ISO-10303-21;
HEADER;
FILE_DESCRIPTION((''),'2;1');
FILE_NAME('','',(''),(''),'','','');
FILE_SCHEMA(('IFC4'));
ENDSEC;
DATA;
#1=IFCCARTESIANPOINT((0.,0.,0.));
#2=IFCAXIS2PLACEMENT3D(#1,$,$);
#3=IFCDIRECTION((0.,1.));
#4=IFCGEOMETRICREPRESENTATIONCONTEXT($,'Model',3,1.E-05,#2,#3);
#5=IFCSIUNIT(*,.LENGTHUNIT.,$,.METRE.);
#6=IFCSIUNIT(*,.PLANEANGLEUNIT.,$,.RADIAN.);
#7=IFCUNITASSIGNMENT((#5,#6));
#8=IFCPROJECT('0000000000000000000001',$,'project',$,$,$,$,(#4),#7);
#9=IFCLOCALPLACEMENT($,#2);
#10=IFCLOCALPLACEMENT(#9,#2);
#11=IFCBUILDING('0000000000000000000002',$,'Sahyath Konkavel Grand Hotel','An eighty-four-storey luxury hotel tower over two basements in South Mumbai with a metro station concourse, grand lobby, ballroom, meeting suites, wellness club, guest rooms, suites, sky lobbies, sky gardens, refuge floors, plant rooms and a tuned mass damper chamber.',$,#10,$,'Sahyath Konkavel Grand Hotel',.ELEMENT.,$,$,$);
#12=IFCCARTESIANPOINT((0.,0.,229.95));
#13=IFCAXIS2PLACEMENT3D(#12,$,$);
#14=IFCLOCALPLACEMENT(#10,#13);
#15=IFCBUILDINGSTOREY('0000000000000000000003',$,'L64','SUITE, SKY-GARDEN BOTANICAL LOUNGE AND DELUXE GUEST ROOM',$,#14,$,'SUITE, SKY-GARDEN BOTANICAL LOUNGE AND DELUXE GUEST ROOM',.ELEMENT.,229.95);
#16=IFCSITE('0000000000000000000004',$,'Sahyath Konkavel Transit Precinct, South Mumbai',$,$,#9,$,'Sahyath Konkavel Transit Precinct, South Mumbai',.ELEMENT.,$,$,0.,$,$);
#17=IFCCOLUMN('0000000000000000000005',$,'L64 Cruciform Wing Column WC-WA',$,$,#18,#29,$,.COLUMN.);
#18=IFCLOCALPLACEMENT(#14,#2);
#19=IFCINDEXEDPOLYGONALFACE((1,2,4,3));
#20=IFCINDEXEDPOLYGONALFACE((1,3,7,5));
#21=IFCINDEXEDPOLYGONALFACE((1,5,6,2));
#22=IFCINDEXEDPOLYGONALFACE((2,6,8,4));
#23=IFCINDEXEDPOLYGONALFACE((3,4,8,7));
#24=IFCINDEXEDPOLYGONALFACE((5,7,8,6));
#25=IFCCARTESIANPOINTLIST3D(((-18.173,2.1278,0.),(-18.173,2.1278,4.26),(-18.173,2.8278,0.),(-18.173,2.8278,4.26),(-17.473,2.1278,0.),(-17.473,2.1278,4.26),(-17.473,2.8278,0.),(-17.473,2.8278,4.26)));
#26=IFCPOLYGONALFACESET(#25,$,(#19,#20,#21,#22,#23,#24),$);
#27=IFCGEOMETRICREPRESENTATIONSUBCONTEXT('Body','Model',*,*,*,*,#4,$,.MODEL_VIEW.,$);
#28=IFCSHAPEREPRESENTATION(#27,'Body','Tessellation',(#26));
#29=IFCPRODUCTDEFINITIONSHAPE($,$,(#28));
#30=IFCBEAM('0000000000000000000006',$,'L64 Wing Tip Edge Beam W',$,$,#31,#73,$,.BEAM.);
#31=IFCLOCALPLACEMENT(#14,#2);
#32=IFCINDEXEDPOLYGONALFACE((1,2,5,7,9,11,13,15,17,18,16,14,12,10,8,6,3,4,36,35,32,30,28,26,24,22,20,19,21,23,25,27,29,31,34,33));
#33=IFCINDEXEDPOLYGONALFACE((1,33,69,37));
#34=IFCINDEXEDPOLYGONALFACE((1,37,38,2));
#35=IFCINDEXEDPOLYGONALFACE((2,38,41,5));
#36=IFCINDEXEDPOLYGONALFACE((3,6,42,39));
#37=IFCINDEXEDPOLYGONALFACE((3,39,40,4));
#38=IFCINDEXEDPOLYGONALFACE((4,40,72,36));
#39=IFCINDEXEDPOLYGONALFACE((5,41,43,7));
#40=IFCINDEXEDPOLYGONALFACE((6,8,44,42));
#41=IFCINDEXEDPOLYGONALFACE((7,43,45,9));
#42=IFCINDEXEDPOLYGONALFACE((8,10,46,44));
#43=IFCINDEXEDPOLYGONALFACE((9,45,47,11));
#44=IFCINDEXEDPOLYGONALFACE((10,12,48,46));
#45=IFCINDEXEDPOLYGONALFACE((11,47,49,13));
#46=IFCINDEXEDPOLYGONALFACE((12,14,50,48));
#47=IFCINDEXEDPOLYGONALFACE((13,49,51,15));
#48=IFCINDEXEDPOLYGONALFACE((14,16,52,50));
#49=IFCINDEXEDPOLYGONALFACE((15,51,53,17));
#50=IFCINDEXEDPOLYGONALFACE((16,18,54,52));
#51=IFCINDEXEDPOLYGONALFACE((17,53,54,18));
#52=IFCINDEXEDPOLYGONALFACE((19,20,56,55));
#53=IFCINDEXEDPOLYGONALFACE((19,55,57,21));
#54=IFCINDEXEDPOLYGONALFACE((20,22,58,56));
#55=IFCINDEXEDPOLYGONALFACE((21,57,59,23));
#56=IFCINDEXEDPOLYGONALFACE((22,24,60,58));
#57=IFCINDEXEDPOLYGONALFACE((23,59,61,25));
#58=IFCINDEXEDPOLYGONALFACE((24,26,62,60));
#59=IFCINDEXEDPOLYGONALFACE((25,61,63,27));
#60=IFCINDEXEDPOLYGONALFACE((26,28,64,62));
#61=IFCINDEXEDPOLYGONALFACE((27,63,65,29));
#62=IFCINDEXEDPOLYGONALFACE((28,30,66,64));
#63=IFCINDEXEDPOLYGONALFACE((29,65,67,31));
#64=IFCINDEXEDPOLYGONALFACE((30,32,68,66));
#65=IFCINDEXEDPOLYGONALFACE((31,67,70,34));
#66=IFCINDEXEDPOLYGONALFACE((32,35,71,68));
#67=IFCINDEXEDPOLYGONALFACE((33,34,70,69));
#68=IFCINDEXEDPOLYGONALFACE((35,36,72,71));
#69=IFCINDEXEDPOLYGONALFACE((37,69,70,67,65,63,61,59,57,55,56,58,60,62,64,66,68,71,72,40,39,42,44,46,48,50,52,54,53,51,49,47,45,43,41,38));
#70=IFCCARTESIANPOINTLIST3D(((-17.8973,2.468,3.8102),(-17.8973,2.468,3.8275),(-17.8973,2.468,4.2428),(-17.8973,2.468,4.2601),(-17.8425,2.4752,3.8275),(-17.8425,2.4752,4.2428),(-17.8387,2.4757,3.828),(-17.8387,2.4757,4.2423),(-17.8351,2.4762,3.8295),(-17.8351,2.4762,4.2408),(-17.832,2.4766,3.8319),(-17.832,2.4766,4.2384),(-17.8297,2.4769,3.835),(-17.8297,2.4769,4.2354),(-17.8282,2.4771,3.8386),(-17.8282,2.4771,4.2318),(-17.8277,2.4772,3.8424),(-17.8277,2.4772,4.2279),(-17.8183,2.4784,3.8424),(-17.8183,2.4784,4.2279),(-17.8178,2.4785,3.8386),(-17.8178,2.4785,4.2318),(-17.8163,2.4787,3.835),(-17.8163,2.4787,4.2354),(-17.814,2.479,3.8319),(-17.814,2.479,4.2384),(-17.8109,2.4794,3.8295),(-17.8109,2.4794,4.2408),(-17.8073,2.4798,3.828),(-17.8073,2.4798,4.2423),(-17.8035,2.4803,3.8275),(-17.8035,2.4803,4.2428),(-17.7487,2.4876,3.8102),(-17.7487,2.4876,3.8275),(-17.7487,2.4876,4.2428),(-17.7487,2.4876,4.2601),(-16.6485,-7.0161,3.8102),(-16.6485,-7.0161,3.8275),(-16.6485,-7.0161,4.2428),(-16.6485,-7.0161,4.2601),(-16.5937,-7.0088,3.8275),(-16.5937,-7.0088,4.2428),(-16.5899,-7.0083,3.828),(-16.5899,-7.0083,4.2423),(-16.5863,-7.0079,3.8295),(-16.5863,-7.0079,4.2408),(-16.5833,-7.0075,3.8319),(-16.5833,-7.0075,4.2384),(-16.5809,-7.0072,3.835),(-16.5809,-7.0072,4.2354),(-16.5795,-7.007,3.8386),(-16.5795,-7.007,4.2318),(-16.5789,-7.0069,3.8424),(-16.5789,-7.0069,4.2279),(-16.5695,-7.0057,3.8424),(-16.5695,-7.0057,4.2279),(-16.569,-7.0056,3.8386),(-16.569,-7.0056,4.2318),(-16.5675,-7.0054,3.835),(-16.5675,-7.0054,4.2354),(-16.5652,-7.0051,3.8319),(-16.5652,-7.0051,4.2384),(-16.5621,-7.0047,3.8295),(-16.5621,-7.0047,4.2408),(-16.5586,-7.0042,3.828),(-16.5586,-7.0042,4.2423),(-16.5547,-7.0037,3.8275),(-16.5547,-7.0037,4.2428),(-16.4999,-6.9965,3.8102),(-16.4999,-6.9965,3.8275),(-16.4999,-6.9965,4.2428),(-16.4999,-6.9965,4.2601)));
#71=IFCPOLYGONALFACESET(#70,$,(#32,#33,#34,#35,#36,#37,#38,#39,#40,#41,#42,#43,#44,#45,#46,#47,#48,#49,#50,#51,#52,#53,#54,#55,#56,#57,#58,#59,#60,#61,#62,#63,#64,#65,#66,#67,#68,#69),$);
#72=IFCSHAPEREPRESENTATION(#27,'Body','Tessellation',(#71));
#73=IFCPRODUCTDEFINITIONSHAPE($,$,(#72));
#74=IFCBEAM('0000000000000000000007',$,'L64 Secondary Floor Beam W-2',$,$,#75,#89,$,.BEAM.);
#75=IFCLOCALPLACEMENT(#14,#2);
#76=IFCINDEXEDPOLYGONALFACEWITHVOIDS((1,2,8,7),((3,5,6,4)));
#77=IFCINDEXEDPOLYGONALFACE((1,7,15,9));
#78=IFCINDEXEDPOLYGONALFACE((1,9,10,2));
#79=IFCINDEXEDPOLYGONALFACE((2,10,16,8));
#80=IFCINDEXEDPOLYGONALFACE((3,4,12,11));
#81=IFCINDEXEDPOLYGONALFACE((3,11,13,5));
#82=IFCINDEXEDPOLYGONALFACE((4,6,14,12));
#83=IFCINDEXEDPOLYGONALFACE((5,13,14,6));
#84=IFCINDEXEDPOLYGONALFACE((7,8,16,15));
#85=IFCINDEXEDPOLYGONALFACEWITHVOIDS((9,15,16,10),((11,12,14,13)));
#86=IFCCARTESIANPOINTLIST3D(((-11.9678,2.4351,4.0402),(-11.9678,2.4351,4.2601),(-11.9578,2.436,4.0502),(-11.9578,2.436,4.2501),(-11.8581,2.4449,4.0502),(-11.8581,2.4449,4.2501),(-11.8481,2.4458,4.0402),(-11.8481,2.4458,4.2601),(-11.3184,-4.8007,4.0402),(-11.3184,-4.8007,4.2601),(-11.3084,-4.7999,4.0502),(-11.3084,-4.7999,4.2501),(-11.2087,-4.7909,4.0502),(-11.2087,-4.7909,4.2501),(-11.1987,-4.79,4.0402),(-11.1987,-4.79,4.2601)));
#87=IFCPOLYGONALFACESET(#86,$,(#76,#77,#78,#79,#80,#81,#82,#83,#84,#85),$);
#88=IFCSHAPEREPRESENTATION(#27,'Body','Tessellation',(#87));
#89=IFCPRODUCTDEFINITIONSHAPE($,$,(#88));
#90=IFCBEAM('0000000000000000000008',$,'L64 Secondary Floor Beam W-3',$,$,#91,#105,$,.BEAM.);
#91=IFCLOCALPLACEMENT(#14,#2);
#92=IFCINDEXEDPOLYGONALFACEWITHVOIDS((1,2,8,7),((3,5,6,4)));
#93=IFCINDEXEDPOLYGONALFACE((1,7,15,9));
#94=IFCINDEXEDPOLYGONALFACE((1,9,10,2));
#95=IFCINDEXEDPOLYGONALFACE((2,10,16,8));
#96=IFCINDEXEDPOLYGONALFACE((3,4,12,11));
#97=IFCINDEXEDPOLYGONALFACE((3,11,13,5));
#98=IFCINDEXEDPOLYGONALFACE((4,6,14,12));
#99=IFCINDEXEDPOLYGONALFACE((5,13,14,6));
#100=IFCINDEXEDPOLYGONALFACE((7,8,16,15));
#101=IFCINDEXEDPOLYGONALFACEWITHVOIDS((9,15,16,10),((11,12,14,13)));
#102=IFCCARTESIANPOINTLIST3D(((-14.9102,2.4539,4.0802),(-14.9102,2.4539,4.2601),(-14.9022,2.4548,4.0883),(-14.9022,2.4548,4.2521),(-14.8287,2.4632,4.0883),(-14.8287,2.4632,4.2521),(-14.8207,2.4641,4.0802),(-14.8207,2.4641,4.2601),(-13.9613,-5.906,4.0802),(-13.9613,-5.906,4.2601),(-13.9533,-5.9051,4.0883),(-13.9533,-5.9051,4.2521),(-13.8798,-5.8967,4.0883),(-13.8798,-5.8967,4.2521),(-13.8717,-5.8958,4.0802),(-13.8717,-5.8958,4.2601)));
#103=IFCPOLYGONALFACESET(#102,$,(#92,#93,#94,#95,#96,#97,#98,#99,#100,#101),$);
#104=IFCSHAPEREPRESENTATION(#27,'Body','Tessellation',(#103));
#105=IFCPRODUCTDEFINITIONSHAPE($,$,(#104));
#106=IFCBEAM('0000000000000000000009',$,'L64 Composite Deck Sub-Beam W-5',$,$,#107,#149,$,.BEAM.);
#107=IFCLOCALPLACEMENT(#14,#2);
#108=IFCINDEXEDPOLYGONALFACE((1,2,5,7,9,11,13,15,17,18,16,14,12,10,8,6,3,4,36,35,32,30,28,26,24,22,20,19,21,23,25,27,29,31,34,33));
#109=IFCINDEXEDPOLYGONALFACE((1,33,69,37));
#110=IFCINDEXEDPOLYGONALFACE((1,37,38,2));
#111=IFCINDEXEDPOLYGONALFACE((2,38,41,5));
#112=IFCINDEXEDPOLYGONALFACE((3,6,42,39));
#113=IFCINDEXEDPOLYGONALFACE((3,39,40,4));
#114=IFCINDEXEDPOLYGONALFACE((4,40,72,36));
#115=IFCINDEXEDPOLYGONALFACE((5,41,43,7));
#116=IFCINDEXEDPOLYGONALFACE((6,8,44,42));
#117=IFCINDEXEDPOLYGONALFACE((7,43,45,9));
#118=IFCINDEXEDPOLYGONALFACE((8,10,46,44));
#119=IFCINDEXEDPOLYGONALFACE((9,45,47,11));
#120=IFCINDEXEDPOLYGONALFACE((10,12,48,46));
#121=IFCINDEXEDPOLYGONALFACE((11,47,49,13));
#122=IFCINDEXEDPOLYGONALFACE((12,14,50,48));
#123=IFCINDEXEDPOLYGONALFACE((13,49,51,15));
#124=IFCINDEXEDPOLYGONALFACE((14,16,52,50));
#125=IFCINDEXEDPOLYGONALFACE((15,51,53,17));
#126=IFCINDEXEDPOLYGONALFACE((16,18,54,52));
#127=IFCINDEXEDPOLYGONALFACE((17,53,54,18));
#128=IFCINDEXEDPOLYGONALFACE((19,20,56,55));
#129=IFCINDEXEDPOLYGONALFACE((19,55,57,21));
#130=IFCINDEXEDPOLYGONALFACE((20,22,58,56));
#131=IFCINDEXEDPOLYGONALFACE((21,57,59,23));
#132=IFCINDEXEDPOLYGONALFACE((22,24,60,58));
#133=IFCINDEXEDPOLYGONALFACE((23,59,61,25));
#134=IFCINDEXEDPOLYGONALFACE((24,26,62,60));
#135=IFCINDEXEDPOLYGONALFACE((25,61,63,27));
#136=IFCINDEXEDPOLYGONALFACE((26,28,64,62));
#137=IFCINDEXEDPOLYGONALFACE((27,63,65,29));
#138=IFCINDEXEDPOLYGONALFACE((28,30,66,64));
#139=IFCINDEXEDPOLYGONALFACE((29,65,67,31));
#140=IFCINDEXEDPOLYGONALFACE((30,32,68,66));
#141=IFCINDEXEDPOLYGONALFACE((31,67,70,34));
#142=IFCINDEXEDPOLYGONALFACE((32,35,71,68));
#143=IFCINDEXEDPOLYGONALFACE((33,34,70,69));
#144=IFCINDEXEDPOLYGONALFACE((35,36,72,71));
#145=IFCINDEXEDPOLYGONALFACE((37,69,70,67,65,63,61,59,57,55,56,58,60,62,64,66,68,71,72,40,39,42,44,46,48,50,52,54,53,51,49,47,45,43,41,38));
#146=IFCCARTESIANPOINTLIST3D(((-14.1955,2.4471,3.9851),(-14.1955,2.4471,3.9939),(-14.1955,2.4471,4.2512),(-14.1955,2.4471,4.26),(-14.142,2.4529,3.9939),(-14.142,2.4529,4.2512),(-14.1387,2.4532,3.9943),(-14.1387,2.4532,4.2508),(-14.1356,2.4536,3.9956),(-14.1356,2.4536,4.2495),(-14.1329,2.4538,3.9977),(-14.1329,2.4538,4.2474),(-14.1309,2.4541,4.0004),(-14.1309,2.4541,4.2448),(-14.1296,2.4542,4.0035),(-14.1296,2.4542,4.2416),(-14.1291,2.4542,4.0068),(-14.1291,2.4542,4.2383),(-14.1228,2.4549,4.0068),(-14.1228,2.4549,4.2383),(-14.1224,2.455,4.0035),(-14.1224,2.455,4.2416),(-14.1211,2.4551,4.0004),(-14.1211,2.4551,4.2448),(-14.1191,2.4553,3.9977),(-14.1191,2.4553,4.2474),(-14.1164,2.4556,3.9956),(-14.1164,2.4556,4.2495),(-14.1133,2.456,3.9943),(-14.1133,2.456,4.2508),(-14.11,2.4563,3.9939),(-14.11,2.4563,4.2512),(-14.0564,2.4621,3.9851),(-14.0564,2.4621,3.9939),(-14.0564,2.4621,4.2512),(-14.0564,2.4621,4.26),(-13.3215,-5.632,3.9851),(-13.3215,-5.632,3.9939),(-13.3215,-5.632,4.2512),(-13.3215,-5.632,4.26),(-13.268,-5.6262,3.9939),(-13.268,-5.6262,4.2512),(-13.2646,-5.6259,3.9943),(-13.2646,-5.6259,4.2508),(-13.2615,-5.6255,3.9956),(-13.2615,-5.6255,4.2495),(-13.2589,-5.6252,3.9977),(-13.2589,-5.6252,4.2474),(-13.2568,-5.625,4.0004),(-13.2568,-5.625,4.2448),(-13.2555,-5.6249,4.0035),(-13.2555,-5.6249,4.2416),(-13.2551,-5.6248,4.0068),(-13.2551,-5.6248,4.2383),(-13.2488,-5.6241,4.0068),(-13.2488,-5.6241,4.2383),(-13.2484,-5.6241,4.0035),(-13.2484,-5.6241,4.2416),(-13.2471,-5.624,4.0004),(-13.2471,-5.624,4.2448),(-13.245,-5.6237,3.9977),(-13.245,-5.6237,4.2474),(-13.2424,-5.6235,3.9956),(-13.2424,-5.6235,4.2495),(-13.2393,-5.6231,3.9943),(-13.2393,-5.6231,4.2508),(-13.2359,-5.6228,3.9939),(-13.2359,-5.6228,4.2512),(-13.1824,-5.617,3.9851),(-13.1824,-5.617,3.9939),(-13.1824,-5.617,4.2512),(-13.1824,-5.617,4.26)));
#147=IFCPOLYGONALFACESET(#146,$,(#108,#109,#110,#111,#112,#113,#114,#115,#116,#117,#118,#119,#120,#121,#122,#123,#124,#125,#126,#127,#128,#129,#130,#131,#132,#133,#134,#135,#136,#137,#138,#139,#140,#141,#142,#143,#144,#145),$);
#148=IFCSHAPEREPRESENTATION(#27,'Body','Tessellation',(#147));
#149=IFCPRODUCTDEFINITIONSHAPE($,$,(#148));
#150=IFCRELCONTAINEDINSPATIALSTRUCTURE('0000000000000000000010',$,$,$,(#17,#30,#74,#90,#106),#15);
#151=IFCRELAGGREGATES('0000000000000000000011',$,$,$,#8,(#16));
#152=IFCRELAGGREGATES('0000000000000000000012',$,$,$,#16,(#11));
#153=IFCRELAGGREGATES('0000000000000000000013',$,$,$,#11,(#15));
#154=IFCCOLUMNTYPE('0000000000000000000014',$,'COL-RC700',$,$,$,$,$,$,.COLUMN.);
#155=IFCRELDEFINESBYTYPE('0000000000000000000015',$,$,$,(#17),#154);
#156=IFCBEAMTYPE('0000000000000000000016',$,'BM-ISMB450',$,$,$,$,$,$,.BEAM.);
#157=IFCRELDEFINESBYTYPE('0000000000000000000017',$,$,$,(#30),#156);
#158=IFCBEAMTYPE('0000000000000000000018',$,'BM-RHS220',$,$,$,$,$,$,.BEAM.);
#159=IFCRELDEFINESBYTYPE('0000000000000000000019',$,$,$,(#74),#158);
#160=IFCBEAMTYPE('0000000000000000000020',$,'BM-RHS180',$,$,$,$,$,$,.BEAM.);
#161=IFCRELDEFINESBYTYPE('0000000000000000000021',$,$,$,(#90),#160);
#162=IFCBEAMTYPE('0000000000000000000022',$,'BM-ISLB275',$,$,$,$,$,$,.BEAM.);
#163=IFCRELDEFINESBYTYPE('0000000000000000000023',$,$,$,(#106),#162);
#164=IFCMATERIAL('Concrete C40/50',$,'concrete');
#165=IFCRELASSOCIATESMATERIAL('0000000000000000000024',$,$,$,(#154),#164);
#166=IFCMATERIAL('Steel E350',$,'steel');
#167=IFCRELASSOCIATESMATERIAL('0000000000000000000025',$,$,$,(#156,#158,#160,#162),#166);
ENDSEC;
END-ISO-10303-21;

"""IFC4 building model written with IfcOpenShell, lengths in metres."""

from ifc_helpers import new_model, si_unit, direction, frame, origin, origin_2d, place, context, subcontext, project, spatial, rectangle, hollow_rectangle, i_section, extrude, source, transform, mapped, material, material_profile, profile_set, type_object, element, save


model = new_model("IFC4")

# Units and contexts
model_context = context("Model", 3, precision=1e-05, world=origin(), true_north=direction((0.0, 1.0)))
body_context = subcontext(model_context, "Body", "Model", "MODEL_VIEW")
ifc_project = project(units=[si_unit("LENGTHUNIT", "METRE"), si_unit("PLANEANGLEUNIT", "RADIAN")], contexts=[model_context])

# Site, building, storey
site_placement = place(None, origin())
site = spatial("IfcSite", under=ifc_project, at=site_placement, Name="Sahyath Konkavel Transit Precinct, South Mumbai", LongName="Sahyath Konkavel Transit Precinct, South Mumbai", CompositionType="ELEMENT", RefElevation=0.0)
building_placement = place(site_placement, origin())
building = spatial("IfcBuilding", under=site, at=building_placement, Name="Sahyath Konkavel Grand Hotel", Description="An eighty-four-storey luxury hotel tower over two basements in South Mumbai with a metro station concourse, grand lobby, ballroom, meeting suites, wellness club, guest rooms, suites, sky lobbies, sky gardens, refuge floors, plant rooms and a tuned mass damper chamber.", LongName="Sahyath Konkavel Grand Hotel", CompositionType="ELEMENT")
storey_placement = place(building_placement, frame((0.0, 0.0, 229.95)))
storey = spatial("IfcBuildingStorey", under=building, at=storey_placement, Name="L64", Description="SUITE, SKY-GARDEN BOTANICAL LOUNGE AND DELUXE GUEST ROOM", LongName="SUITE, SKY-GARDEN BOTANICAL LOUNGE AND DELUXE GUEST ROOM", CompositionType="ELEMENT", Elevation=229.95)

# Column
ifc_material_1 = material(Name="Concrete C40/50", Category="concrete")
ifc_material_profile_1 = material_profile(ifc_material_1, rectangle(XDim=0.7, YDim=0.7, at=origin_2d()), Name="RC 700x700")
ifc_profile_set_1 = profile_set([ifc_material_profile_1], Name="Concrete C40/50")
column_type = type_object("IfcColumnType", Name="COL-RC700", PredefinedType="COLUMN", material=ifc_profile_set_1)
shared_shape_1 = source(origin(), body_context, "Body", "SweptSolid", [
    extrude(rectangle(XDim=0.7, YDim=0.7, at=origin_2d()), origin(), (0.0, 0.0, 1.0), 4.26),
])
column_placement = place(storey_placement, frame((-17.823, 2.4778, 0.0), z_axis=(0.0, 0.0, 1.0), x_axis=(1.0, 0.0, 0.0)))
element("IfcColumn", 1, at=column_placement, inside=storey, type_object=column_type, Name="L64 Cruciform Wing Column WC-WA", PredefinedType="COLUMN", context=body_context, shape_type="MappedRepresentation", body=[
    mapped(shared_shape_1, transform((0.0, 0.0, 0.0), scale=1.0)),
])

# Beams
ifc_material_2 = material(Name="Steel E350", Category="steel")
ifc_material_profile_2 = material_profile(ifc_material_2, i_section(OverallWidth=0.1499, OverallDepth=0.45, WebThickness=0.0095, FlangeThickness=0.0173, FilletRadius=0.0149, at=origin_2d()), Name="ISMB 450")
ifc_profile_set_2 = profile_set([ifc_material_profile_2], Name="Steel E350")
beam_type_1 = type_object("IfcBeamType", Name="BM-ISMB450", PredefinedType="BEAM", material=ifc_profile_set_2)
shared_shape_2 = source(origin(), body_context, "Body", "SweptSolid", [
    extrude(i_section(OverallWidth=0.1499, OverallDepth=0.45, WebThickness=0.0095, FlangeThickness=0.0173, FilletRadius=0.0149, at=origin_2d()), origin(), (0.0, 0.0, 1.0), 9.5659),
])
beam_1_placement = place(storey_placement, frame((-17.823, 2.4778, 4.0352), z_axis=(0.130544, -0.991443, 0.0), x_axis=(0.991443, 0.130544, 0.0)))
element("IfcBeam", 2, at=beam_1_placement, inside=storey, type_object=beam_type_1, Name="L64 Wing Tip Edge Beam W", PredefinedType="BEAM", context=body_context, shape_type="MappedRepresentation", body=[
    mapped(shared_shape_2, transform((0.0, 0.0, 0.0), scale=1.0)),
])
ifc_material_profile_3 = material_profile(ifc_material_2, hollow_rectangle(XDim=0.1201, YDim=0.22, WallThickness=0.01, at=origin_2d()), Name="RHS 220x120x10")
ifc_profile_set_3 = profile_set([ifc_material_profile_3], Name="Steel E350")
beam_type_2 = type_object("IfcBeamType", Name="BM-RHS220", PredefinedType="BEAM", material=ifc_profile_set_3)
shared_shape_3 = source(origin(), body_context, "Body", "SweptSolid", [
    extrude(hollow_rectangle(XDim=0.1201, YDim=0.22, WallThickness=0.01, at=origin_2d()), origin(), (0.0, 0.0, 1.0), 7.2649),
])
beam_2_placement = place(storey_placement, frame((-11.908, 2.4404, 4.1501), z_axis=(0.08939, -0.995997, 0.0), x_axis=(0.995997, 0.08939, 0.0)))
element("IfcBeam", 3, at=beam_2_placement, inside=storey, type_object=beam_type_2, Name="L64 Secondary Floor Beam W-2", PredefinedType="BEAM", context=body_context, shape_type="MappedRepresentation", body=[
    mapped(shared_shape_3, transform((0.0, 0.0, 0.0), scale=1.0)),
])
ifc_material_profile_4 = material_profile(ifc_material_2, hollow_rectangle(XDim=0.0901, YDim=0.1799, WallThickness=0.0081, at=origin_2d()), Name="RHS 180x90x8")
ifc_profile_set_4 = profile_set([ifc_material_profile_4], Name="Steel E350")
beam_type_3 = type_object("IfcBeamType", Name="BM-RHS180", PredefinedType="BEAM", material=ifc_profile_set_4)
shared_shape_4 = source(origin(), body_context, "Body", "SweptSolid", [
    extrude(hollow_rectangle(XDim=0.0901, YDim=0.1799, WallThickness=0.0081, at=origin_2d()), origin(), (0.0, 0.0, 1.0), 8.4136),
])
beam_3_placement = place(storey_placement, frame((-14.8655, 2.459, 4.1702), z_axis=(0.112791, -0.993619, 0.0), x_axis=(0.993619, 0.112791, 0.0)))
element("IfcBeam", 4, at=beam_3_placement, inside=storey, type_object=beam_type_3, Name="L64 Secondary Floor Beam W-3", PredefinedType="BEAM", context=body_context, shape_type="MappedRepresentation", body=[
    mapped(shared_shape_4, transform((0.0, 0.0, 0.0), scale=1.0)),
])
ifc_material_profile_5 = material_profile(ifc_material_2, i_section(OverallWidth=0.1399, OverallDepth=0.2749, WebThickness=0.0063, FlangeThickness=0.0088, FilletRadius=0.0129, at=origin_2d()), Name="ISLB 275")
ifc_profile_set_5 = profile_set([ifc_material_profile_5], Name="Steel E350")
beam_type_4 = type_object("IfcBeamType", Name="BM-ISLB275", PredefinedType="BEAM", material=ifc_profile_set_5)
shared_shape_5 = source(origin(), body_context, "Body", "SweptSolid", [
    extrude(i_section(OverallWidth=0.1399, OverallDepth=0.2749, WebThickness=0.0063, FlangeThickness=0.0088, FilletRadius=0.0129, at=origin_2d()), origin(), (0.0, 0.0, 1.0), 8.1262),
])
beam_4_placement = place(storey_placement, frame((-14.126, 2.4546, 4.1226), z_axis=(0.107556, -0.994199, 0.0), x_axis=(0.994199, 0.107556, 0.0)))
element("IfcBeam", 5, at=beam_4_placement, inside=storey, type_object=beam_type_4, Name="L64 Composite Deck Sub-Beam W-5", PredefinedType="BEAM", context=body_context, shape_type="MappedRepresentation", body=[
    mapped(shared_shape_5, transform((0.0, 0.0, 0.0), scale=1.0)),
])

save(model, "model.ifc")
